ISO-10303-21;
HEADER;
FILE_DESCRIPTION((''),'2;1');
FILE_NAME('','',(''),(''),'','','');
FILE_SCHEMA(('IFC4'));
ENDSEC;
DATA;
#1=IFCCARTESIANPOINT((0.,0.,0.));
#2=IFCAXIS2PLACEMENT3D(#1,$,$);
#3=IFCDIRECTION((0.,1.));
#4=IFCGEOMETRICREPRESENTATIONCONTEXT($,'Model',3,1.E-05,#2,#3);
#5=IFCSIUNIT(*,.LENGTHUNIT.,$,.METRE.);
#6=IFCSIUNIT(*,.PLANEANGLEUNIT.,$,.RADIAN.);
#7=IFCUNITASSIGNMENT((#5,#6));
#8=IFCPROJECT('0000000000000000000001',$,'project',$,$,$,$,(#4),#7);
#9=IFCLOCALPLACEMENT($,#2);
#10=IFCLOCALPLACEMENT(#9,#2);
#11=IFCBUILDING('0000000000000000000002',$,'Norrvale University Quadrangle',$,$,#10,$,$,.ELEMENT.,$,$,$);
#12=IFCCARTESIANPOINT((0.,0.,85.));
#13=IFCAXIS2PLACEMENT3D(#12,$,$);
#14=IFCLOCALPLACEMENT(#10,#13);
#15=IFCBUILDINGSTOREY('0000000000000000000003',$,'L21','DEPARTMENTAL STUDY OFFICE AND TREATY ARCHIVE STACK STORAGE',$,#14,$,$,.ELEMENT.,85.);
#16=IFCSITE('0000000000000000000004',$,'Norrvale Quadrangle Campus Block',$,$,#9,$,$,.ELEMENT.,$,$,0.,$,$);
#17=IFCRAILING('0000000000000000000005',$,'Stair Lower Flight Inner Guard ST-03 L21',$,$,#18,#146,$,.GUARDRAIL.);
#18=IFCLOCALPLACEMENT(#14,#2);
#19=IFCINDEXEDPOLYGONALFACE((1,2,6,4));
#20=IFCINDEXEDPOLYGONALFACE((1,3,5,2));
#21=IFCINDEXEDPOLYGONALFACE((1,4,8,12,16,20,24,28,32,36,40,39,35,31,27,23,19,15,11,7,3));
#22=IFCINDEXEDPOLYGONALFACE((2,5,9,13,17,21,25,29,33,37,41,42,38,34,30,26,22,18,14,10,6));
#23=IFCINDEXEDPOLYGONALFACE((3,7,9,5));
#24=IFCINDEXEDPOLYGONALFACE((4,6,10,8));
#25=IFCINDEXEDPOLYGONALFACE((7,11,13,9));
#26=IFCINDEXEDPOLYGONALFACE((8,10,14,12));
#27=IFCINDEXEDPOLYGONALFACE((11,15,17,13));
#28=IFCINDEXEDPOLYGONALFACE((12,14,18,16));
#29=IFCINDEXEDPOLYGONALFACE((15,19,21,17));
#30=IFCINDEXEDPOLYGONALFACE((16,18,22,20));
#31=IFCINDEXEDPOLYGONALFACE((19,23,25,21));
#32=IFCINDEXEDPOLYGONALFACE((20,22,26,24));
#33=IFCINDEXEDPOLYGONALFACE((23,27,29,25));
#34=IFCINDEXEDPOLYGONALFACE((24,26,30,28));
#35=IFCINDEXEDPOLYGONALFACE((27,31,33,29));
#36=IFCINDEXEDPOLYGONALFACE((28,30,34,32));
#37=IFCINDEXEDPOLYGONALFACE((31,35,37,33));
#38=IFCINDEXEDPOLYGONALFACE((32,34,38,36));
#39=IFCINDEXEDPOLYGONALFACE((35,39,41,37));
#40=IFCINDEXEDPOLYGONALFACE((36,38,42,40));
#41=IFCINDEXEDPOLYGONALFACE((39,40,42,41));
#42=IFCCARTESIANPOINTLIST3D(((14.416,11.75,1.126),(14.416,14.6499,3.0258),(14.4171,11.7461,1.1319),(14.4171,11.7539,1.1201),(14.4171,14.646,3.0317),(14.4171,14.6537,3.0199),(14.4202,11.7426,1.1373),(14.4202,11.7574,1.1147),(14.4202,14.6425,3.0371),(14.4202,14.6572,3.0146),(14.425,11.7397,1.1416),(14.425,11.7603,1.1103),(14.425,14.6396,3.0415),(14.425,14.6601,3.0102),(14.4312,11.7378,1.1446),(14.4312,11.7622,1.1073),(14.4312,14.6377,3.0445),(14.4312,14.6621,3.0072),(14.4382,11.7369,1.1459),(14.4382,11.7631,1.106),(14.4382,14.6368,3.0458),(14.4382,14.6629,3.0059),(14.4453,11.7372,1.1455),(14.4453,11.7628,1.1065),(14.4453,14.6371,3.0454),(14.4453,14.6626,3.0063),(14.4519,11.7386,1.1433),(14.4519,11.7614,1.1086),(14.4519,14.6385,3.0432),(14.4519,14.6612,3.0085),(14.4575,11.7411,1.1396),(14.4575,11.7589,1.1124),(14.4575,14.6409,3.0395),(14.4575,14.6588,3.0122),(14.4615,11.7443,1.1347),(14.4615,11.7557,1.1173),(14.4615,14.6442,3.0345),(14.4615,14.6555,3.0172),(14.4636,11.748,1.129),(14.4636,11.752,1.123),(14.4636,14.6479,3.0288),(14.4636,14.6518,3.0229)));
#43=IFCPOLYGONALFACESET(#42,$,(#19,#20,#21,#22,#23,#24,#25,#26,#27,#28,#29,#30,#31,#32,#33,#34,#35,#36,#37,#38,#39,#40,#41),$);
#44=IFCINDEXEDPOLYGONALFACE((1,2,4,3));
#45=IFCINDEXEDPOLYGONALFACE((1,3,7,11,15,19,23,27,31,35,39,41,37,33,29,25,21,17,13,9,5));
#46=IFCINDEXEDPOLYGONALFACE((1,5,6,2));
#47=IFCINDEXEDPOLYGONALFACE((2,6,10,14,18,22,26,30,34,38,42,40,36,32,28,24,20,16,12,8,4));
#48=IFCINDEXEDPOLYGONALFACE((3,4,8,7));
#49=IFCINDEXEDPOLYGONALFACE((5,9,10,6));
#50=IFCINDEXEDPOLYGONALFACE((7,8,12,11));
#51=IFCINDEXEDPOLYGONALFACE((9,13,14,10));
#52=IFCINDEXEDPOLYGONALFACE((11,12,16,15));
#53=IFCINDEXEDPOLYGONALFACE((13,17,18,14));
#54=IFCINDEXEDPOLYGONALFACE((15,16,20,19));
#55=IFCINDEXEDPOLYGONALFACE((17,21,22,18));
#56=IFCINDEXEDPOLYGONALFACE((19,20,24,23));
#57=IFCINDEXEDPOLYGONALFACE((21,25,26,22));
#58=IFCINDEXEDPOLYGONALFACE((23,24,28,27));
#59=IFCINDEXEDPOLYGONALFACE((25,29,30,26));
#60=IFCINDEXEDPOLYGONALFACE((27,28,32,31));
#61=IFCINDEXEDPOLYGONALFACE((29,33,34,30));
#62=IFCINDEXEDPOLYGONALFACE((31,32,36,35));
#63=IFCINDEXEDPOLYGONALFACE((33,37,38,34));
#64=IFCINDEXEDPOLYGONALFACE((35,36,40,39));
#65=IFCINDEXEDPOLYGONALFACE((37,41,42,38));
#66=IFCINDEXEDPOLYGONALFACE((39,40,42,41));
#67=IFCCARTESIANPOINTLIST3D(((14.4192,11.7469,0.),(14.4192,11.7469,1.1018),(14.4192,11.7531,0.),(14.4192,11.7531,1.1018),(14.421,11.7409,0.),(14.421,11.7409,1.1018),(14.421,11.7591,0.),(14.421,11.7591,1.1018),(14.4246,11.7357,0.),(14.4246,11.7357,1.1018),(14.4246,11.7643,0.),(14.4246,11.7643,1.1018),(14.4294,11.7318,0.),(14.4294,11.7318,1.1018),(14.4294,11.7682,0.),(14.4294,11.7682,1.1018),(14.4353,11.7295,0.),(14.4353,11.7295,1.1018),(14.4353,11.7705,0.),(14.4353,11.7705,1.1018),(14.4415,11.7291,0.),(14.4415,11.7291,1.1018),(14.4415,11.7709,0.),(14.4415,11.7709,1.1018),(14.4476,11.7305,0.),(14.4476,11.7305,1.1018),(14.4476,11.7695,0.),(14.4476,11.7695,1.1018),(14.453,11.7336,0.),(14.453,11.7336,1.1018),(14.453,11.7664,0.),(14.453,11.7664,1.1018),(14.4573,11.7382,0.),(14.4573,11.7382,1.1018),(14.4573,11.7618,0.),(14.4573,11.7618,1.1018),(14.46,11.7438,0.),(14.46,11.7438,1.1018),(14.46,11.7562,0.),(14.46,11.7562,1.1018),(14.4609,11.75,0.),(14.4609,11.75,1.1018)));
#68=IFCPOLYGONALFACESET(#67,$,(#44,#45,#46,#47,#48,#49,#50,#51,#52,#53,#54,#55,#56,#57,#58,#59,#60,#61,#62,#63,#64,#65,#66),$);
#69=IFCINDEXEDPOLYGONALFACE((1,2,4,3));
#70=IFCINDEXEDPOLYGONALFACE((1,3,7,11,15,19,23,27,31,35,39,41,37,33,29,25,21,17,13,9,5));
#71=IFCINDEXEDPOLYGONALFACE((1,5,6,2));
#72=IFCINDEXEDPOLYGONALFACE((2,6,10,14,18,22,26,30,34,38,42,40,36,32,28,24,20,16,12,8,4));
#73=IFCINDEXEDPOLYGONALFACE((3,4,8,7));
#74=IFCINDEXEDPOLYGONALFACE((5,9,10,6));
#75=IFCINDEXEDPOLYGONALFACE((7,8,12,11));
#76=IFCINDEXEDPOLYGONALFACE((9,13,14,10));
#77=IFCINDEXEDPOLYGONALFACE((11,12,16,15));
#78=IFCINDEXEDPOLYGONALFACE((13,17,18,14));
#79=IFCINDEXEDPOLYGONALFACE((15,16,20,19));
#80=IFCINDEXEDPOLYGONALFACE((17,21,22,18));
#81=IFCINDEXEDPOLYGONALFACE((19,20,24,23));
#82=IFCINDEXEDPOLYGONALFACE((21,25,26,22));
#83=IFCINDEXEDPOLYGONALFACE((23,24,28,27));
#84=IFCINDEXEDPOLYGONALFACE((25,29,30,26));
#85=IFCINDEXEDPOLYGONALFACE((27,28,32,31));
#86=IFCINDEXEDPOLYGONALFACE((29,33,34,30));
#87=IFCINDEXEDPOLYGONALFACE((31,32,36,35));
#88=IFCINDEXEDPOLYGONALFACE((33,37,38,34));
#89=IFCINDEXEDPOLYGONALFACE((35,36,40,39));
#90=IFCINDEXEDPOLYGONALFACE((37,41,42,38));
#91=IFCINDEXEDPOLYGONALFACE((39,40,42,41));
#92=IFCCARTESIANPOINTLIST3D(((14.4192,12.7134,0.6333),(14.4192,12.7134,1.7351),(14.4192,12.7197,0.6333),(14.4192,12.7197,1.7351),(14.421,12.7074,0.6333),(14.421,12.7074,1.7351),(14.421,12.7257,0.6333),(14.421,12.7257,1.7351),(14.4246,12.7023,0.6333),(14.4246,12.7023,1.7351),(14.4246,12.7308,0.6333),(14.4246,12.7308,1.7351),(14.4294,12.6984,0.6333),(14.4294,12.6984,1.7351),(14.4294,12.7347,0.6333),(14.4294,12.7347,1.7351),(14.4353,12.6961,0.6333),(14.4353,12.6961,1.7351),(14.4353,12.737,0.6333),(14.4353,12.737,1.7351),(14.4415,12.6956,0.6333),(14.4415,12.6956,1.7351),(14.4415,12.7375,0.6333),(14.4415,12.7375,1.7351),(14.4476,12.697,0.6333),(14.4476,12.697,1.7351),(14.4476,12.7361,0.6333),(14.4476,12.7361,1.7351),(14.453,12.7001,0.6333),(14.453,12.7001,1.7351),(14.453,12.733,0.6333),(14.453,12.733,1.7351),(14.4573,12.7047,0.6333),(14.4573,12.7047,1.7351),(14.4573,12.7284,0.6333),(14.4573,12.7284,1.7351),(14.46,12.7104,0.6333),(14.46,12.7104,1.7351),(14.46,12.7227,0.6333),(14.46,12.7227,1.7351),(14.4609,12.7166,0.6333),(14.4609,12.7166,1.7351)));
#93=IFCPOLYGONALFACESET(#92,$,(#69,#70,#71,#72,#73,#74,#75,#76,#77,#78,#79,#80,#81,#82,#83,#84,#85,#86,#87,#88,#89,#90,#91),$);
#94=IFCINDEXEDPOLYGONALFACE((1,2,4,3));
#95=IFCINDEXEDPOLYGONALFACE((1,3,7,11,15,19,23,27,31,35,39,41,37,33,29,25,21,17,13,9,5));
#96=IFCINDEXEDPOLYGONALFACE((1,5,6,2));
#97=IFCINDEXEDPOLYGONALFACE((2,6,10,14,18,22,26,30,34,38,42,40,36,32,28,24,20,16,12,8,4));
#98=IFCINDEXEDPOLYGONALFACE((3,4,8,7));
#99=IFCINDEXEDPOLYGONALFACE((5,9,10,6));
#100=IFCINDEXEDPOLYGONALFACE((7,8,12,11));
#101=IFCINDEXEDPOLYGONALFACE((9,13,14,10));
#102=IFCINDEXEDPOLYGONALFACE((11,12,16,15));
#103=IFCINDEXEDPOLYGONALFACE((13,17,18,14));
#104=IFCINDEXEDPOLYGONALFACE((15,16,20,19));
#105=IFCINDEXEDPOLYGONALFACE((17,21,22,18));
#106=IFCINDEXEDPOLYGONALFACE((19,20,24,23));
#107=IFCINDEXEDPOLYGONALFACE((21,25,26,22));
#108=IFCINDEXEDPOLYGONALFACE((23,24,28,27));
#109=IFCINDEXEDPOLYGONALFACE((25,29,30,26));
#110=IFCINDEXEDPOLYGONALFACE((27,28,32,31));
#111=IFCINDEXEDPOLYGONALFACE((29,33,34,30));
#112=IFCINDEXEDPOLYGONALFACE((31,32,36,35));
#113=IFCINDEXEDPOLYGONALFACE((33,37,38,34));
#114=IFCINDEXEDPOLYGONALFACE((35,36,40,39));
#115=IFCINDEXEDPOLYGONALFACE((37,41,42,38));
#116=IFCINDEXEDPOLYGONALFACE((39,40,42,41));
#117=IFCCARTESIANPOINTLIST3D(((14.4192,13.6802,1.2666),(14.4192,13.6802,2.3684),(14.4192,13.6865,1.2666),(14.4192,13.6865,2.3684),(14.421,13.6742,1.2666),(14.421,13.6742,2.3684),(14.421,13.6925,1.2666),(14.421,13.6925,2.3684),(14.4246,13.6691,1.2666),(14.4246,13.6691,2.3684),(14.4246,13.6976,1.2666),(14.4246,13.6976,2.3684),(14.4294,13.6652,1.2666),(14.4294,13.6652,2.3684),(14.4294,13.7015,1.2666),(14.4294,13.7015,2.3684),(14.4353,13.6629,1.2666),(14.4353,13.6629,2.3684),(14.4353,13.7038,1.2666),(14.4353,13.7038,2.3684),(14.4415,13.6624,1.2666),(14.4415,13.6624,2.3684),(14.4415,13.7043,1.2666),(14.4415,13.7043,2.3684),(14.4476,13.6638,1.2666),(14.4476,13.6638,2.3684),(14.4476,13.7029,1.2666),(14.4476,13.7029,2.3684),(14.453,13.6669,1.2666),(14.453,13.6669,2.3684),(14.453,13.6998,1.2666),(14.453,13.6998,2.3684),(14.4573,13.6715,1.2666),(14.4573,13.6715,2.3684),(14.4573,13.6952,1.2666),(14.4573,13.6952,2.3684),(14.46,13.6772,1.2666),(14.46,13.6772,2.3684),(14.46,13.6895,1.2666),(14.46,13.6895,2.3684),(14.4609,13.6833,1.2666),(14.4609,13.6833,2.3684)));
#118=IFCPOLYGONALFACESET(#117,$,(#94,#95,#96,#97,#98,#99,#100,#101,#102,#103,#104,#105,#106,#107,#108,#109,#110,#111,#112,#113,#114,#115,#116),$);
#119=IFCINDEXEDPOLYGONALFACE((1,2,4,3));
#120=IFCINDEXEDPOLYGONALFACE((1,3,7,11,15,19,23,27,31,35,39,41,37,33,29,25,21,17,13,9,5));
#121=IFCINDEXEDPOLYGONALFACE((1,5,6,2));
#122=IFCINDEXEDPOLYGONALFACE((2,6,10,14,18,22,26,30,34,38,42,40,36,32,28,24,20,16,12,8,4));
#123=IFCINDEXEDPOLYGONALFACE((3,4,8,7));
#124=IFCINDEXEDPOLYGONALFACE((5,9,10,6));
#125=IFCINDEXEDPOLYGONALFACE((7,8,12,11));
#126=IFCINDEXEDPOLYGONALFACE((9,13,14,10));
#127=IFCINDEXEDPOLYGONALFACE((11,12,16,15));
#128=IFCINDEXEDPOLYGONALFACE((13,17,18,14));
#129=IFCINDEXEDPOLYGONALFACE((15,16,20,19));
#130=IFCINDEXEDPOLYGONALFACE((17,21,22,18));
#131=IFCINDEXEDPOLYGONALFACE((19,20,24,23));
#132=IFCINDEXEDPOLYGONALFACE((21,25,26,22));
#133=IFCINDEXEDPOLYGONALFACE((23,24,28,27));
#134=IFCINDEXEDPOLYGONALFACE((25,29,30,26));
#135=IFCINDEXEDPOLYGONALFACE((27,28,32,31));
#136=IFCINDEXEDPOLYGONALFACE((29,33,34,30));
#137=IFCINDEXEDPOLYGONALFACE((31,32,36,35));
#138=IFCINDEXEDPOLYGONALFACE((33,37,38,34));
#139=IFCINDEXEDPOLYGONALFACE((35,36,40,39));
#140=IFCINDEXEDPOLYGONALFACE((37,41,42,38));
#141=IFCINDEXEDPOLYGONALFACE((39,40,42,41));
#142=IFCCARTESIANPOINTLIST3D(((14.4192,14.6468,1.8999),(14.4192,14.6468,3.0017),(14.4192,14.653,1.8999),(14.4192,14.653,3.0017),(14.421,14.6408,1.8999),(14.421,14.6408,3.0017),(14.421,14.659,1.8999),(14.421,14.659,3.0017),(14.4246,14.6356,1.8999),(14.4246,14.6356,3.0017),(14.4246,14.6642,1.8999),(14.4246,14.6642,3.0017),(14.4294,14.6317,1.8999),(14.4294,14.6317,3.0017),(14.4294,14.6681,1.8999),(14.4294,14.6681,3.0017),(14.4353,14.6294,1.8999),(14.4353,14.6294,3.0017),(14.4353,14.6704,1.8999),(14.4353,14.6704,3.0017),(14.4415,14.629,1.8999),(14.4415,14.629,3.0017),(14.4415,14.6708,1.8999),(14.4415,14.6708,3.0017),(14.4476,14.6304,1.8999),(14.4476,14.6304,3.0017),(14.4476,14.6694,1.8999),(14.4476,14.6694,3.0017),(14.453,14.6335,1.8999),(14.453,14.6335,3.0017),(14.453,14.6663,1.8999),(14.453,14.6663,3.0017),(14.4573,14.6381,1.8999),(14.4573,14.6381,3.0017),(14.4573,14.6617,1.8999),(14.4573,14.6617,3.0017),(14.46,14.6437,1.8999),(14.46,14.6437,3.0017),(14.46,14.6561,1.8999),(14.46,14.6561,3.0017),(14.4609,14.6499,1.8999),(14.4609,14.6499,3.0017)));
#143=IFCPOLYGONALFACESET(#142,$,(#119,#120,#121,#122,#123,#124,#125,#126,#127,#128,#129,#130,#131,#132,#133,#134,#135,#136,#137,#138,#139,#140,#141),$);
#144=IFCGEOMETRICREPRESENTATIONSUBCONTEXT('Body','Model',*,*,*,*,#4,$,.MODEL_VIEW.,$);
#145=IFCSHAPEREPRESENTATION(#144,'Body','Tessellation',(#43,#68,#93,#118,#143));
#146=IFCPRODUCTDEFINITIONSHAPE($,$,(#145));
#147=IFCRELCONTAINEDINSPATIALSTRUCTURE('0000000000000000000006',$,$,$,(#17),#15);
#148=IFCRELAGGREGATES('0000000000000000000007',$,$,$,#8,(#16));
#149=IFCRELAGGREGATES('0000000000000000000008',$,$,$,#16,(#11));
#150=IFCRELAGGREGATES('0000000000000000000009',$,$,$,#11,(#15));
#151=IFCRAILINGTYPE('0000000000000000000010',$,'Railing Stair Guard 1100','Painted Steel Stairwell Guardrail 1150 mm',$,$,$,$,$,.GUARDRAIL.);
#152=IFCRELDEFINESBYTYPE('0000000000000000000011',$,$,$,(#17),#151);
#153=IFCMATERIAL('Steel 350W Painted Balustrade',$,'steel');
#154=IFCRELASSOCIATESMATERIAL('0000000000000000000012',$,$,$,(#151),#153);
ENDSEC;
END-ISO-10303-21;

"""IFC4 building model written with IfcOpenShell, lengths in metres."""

from ifc_helpers import new_model, si_unit, direction, frame, origin, origin_2d, place, context, subcontext, project, spatial, circle, extrude, material, type_object, element, save


model = new_model("IFC4")

# Units and contexts
model_context = context("Model", 3, precision=1e-05, world=origin(), true_north=direction((0.0, 1.0)))
body_context = subcontext(model_context, "Body", "Model", "MODEL_VIEW")
ifc_project = project(units=[si_unit("LENGTHUNIT", "METRE"), si_unit("PLANEANGLEUNIT", "RADIAN")], contexts=[model_context])

# Site, building, storey
site_placement = place(None, origin())
site = spatial("IfcSite", under=ifc_project, at=site_placement, Name="Norrvale Quadrangle Campus Block", CompositionType="ELEMENT", RefElevation=0.0)
building_placement = place(site_placement, origin())
building = spatial("IfcBuilding", under=site, at=building_placement, Name="Norrvale University Quadrangle", CompositionType="ELEMENT")
storey_placement = place(building_placement, frame((0.0, 0.0, 85.0)))
storey = spatial("IfcBuildingStorey", under=building, at=storey_placement, Name="L21", Description="DEPARTMENTAL STUDY OFFICE AND TREATY ARCHIVE STACK STORAGE", CompositionType="ELEMENT", Elevation=85.0)

# Railing
ifc_material_1 = material(Name="Steel 350W Painted Balustrade", Category="steel")
railing_type_1 = type_object("IfcRailingType", Name="Railing Stair Guard 1100", Description="Painted Steel Stairwell Guardrail 1150 mm", PredefinedType="GUARDRAIL", material=ifc_material_1)
railing_1_placement = place(storey_placement, frame((14.4399, 11.75, 0.0)))
element("IfcRailing", 1, at=railing_1_placement, inside=storey, type_object=railing_type_1, Name="Stair Lower Flight Inner Guard ST-03 L21", PredefinedType="GUARDRAIL", context=body_context, shape_type="SweptSolid", body=[
    extrude(circle(Radius=0.0239, at=origin_2d()), frame((0.0, 0.0, 1.126), z_axis=(0.0, 0.836466, 0.548019), x_axis=(-1.0, 0.0, 0.0)), (0.0, 0.0, 1.0), 3.4668),
    extrude(circle(Radius=0.021, at=origin_2d()), origin(), (0.0, 0.0, 1.0), 1.1018),
    extrude(circle(Radius=0.021, at=origin_2d()), frame((0.0, 0.9666, 0.6333)), (0.0, 0.0, 1.0), 1.1018),
    extrude(circle(Radius=0.021, at=origin_2d()), frame((0.0, 1.9333, 1.2666)), (0.0, 0.0, 1.0), 1.1018),
    extrude(circle(Radius=0.021, at=origin_2d()), frame((0.0, 2.8999, 1.8999)), (0.0, 0.0, 1.0), 1.1018),
])

save(model, "model.ifc")
